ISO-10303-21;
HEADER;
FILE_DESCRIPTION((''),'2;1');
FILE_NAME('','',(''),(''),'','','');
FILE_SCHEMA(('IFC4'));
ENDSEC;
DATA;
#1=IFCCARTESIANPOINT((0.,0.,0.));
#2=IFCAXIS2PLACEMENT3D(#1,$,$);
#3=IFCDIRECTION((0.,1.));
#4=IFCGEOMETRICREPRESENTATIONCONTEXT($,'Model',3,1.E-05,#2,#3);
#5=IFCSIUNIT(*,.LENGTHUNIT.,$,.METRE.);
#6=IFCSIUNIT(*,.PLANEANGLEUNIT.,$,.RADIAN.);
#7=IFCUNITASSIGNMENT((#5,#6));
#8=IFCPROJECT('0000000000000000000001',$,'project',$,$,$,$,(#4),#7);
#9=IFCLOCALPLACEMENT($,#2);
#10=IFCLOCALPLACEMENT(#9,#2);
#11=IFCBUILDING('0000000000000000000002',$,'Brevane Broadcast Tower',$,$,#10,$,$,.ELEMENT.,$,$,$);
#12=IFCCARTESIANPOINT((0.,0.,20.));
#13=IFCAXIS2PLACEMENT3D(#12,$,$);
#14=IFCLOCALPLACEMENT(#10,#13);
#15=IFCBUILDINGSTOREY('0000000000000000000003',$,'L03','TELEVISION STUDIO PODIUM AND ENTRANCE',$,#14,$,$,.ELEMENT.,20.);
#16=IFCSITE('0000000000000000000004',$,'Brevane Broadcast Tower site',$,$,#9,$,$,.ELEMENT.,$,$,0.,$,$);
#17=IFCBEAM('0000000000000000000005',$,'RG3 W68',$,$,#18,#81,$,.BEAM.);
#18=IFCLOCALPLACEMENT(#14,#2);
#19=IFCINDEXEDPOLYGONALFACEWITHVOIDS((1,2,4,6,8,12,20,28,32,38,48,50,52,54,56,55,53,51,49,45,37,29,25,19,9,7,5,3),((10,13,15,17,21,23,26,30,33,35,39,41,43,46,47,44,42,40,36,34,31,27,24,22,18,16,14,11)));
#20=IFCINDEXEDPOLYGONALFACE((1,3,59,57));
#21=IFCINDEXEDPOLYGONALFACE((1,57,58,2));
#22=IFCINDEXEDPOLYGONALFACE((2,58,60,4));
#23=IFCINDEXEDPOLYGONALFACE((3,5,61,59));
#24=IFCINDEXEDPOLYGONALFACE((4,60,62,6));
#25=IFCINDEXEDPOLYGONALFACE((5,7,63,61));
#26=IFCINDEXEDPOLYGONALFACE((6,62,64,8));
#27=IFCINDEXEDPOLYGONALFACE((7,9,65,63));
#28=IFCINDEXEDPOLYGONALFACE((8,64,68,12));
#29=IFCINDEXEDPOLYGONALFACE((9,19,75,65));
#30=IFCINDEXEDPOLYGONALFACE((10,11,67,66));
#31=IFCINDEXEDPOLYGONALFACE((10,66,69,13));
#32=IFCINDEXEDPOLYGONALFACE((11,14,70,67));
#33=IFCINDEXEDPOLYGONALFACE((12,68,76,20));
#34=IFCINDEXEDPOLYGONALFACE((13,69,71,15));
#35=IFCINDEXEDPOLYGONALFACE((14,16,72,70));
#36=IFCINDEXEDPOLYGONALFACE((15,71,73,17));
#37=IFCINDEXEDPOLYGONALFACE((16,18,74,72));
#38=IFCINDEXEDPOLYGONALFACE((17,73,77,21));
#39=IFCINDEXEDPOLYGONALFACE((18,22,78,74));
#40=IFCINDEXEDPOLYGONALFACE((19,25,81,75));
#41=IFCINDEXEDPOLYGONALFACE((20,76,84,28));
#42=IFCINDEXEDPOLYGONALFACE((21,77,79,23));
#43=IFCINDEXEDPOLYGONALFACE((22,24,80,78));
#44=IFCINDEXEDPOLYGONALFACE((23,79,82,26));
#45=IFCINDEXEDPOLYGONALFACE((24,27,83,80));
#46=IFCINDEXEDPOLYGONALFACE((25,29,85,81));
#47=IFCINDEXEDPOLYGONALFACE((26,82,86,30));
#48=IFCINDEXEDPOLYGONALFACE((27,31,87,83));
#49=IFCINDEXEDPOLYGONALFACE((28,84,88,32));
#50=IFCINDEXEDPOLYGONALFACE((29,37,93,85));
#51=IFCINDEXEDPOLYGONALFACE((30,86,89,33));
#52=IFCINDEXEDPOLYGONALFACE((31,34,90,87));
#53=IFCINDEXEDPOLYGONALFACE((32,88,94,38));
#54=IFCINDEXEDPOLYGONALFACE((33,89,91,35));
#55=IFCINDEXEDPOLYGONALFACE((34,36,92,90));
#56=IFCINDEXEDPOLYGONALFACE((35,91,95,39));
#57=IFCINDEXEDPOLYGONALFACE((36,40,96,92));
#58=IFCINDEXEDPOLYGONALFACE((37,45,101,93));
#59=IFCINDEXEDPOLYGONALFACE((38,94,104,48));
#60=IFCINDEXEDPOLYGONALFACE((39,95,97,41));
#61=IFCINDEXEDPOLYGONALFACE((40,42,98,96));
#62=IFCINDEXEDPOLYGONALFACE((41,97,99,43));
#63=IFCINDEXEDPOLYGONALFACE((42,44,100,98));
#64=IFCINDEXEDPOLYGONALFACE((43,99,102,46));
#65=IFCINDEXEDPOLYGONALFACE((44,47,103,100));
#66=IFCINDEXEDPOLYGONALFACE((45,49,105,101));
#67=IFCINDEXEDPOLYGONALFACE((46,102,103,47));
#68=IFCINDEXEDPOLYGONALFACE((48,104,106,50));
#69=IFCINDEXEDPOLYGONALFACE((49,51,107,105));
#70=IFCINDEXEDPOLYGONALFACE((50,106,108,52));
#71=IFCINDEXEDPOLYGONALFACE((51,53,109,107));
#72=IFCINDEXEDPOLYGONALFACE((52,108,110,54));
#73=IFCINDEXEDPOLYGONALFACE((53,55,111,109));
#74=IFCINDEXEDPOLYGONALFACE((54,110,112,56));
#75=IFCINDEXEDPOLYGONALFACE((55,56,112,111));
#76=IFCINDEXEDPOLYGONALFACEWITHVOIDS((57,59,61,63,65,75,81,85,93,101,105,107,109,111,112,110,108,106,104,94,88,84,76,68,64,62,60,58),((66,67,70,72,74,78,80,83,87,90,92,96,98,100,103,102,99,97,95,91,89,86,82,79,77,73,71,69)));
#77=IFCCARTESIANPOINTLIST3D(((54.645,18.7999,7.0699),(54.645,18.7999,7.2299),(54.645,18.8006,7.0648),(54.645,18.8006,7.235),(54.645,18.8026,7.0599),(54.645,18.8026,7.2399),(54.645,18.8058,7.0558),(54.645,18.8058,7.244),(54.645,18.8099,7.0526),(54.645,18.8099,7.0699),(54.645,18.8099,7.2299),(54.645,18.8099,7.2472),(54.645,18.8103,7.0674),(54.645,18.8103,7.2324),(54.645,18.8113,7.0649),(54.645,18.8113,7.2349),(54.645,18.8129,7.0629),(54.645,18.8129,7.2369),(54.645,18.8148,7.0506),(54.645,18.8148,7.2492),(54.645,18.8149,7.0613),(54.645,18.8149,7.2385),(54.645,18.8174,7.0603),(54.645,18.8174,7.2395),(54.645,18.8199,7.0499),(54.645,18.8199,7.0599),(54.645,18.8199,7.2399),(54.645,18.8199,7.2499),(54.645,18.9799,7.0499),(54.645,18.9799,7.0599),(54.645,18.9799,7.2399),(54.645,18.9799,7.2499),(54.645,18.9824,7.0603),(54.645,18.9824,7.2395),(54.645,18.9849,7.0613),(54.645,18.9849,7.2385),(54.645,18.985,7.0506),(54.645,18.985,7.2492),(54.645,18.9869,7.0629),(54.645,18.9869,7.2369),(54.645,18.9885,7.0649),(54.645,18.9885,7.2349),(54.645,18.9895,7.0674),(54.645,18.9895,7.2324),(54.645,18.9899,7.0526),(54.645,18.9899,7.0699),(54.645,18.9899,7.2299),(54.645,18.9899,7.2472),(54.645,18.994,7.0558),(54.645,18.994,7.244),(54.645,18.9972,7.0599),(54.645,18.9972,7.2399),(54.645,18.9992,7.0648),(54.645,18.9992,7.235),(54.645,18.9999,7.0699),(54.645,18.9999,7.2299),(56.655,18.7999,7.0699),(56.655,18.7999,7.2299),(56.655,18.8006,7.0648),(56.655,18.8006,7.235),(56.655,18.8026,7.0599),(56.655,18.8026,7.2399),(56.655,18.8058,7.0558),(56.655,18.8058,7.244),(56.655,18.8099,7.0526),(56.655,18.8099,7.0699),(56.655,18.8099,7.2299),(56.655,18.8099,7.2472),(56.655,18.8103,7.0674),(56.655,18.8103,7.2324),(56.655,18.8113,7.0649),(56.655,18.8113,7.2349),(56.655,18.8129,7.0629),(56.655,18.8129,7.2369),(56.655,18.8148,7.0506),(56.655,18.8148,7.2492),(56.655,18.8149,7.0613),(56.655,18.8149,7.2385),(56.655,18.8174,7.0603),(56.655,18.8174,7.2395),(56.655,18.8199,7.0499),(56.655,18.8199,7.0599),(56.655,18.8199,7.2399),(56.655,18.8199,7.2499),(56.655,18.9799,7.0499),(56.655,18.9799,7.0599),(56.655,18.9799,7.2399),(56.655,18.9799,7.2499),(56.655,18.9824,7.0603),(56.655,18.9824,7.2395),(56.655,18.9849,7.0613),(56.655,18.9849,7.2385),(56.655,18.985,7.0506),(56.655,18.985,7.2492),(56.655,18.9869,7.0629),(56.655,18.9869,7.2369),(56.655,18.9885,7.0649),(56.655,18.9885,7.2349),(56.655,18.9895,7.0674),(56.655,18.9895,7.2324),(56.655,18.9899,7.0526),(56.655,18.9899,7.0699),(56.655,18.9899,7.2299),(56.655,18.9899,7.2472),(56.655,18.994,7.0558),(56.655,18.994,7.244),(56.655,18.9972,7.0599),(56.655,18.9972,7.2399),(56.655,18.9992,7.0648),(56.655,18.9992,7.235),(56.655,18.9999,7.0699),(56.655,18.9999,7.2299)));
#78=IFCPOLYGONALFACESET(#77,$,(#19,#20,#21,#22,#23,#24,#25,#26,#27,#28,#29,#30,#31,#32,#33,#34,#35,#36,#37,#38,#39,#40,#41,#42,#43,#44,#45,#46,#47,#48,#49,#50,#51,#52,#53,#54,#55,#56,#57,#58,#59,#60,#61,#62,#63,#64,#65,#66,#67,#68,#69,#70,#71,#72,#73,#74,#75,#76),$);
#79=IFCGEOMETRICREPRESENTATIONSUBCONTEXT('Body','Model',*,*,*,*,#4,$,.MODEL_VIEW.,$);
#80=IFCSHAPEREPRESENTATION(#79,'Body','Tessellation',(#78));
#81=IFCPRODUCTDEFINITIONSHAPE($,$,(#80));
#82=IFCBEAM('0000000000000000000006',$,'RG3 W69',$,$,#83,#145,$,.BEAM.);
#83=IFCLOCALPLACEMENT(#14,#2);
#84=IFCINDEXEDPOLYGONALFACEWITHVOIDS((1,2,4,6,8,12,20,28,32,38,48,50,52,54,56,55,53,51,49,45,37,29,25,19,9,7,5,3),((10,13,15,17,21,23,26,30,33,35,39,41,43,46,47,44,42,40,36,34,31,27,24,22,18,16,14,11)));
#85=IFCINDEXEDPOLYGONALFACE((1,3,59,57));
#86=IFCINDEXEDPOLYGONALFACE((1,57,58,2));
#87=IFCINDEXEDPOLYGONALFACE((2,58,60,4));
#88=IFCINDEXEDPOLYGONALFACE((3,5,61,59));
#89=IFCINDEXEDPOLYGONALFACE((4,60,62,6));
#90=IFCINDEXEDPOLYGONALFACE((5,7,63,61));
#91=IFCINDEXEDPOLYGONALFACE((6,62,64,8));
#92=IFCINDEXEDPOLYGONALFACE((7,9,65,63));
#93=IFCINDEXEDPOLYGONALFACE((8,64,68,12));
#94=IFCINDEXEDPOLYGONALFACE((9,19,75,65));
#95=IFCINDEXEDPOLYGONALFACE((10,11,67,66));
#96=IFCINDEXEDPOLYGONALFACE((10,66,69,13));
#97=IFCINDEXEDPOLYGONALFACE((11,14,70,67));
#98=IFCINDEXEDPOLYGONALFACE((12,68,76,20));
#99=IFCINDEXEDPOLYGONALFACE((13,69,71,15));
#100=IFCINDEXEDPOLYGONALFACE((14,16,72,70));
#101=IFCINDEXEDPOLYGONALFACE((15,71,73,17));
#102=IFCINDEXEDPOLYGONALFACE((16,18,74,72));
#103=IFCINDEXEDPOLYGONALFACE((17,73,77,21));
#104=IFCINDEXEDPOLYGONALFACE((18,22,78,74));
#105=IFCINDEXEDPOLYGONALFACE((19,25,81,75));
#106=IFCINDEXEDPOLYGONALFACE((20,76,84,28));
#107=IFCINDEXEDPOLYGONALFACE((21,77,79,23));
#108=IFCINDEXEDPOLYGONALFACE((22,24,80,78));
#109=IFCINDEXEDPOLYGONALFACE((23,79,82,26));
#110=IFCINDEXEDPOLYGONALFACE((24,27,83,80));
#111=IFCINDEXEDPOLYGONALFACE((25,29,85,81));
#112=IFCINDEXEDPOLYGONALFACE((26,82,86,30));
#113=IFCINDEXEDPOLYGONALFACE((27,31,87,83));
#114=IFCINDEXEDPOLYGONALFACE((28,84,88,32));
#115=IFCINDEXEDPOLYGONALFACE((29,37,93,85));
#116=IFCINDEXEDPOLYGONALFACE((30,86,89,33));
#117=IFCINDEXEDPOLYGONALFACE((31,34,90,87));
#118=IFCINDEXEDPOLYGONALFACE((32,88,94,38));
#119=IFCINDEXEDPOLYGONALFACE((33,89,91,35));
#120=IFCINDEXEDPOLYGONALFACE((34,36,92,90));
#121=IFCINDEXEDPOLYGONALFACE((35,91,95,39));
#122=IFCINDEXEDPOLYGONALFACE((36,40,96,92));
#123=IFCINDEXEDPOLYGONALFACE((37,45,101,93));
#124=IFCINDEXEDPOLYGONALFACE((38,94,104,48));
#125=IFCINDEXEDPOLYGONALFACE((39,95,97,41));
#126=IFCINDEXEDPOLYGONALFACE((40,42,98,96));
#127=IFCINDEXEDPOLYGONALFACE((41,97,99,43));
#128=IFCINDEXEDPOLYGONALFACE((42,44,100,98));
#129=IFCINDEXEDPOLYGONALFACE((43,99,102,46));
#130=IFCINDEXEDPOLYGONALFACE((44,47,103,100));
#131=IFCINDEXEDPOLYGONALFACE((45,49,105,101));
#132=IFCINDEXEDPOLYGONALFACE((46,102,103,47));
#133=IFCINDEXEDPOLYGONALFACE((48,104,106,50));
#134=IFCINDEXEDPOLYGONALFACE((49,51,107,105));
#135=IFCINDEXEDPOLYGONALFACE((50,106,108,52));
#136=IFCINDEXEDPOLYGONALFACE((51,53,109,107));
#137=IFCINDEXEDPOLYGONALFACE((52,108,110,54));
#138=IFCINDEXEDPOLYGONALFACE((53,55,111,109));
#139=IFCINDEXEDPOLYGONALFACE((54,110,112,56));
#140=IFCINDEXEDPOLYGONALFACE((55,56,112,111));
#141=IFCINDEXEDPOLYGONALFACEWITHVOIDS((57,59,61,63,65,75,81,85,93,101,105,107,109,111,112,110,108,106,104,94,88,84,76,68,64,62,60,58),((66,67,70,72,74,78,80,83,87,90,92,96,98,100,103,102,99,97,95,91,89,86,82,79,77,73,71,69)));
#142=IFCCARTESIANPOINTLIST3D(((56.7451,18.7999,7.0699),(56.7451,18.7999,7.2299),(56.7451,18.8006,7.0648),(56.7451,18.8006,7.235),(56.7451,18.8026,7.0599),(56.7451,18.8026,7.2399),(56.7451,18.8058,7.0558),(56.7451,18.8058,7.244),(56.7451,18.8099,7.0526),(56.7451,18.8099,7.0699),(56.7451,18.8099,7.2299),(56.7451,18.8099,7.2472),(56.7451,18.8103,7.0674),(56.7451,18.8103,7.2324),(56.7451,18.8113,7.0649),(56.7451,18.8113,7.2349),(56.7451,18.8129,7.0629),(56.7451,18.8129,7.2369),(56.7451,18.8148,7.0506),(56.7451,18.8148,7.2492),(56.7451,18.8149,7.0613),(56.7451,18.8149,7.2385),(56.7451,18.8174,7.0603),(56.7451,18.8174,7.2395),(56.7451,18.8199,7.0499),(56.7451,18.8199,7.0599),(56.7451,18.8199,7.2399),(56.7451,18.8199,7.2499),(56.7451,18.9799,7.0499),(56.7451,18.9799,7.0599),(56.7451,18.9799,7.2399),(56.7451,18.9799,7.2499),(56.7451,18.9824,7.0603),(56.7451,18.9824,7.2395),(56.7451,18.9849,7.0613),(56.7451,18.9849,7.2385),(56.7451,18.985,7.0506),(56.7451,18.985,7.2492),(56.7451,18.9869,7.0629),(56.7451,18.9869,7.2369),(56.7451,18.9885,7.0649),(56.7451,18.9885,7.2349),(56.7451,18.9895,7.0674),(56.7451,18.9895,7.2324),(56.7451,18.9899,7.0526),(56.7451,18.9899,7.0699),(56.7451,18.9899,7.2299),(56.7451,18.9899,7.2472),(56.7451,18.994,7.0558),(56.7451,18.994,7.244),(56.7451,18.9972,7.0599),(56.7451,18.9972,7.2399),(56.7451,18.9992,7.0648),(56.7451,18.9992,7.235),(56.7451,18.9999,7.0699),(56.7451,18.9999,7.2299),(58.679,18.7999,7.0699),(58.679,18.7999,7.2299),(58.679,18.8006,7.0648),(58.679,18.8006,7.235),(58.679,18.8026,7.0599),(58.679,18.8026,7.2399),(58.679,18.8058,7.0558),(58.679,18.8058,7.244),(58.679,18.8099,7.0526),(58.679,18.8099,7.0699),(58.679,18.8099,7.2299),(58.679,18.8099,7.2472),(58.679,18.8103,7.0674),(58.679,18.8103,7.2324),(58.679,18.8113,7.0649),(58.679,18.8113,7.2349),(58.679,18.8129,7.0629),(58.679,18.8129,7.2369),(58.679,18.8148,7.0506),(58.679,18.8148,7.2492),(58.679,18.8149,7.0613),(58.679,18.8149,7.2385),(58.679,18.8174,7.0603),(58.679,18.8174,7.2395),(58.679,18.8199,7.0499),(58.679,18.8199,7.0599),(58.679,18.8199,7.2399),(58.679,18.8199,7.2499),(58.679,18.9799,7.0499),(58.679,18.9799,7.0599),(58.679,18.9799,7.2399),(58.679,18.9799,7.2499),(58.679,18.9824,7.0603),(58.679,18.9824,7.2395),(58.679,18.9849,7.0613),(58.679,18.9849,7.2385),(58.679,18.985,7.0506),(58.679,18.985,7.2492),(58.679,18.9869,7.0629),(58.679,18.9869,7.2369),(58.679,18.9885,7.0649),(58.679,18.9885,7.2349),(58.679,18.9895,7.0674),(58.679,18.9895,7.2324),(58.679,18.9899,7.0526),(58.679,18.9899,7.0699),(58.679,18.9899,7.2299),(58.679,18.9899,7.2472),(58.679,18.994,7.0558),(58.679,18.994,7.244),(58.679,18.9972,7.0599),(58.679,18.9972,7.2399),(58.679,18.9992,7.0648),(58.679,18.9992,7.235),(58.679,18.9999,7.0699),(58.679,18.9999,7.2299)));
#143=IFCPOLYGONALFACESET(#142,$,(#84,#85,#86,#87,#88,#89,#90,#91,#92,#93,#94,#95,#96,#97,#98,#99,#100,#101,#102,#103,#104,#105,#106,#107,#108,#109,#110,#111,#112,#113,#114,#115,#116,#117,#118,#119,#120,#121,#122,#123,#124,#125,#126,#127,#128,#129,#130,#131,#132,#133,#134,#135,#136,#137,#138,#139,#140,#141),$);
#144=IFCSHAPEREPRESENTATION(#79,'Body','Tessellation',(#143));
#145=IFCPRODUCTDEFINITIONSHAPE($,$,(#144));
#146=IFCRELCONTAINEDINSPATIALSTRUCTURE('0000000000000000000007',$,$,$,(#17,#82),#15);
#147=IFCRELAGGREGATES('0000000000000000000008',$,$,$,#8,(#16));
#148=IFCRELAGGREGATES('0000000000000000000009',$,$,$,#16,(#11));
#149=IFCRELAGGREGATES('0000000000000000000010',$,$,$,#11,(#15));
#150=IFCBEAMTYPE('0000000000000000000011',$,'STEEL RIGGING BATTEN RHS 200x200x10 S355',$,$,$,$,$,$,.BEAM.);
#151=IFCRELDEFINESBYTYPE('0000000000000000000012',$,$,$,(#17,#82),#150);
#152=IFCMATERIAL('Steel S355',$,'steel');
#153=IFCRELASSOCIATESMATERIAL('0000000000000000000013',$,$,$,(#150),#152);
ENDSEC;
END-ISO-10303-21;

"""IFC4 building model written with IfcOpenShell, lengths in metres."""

from ifc_helpers import new_model, si_unit, direction, frame, origin, origin_2d, place, context, subcontext, project, spatial, hollow_rectangle, extrude, material, material_profile, profile_set, type_object, element, save


model = new_model("IFC4")

# Units and contexts
model_context = context("Model", 3, precision=1e-05, world=origin(), true_north=direction((0.0, 1.0)))
body_context = subcontext(model_context, "Body", "Model", "MODEL_VIEW")
ifc_project = project(units=[si_unit("LENGTHUNIT", "METRE"), si_unit("PLANEANGLEUNIT", "RADIAN")], contexts=[model_context])

# Site, building, storey
site_placement = place(None, origin())
site = spatial("IfcSite", under=ifc_project, at=site_placement, Name="Brevane Broadcast Tower site", CompositionType="ELEMENT", RefElevation=0.0)
building_placement = place(site_placement, origin())
building = spatial("IfcBuilding", under=site, at=building_placement, Name="Brevane Broadcast Tower", CompositionType="ELEMENT")
storey_placement = place(building_placement, frame((0.0, 0.0, 20.0)))
storey = spatial("IfcBuildingStorey", under=building, at=storey_placement, Name="L03", Description="TELEVISION STUDIO PODIUM AND ENTRANCE", CompositionType="ELEMENT", Elevation=20.0)

# Beams
ifc_material_1 = material(Name="Steel S355", Category="steel")
ifc_material_profile_1 = material_profile(ifc_material_1, hollow_rectangle(XDim=0.2, YDim=0.2, WallThickness=0.01, InnerFilletRadius=0.01, OuterFilletRadius=0.02, at=origin_2d()), Name="RHS 200x200x10")
ifc_profile_set_1 = profile_set([ifc_material_profile_1], Name="Steel S355")
beam_type_1 = type_object("IfcBeamType", Name="STEEL RIGGING BATTEN RHS 200x200x10 S355", PredefinedType="BEAM", material=ifc_profile_set_1)
for number, where, z_axis, x_axis, name in (
    (1, (54.645, 18.8999, 7.1499), (1.0, 0.0, 0.0), (0.0, 1.0, 0.0), "RG3 W68"),
):
    element("IfcBeam", number, at=place(storey_placement, frame(where, z_axis=z_axis, x_axis=x_axis)), inside=storey, type_object=beam_type_1, Name=name, PredefinedType="BEAM", context=body_context, shape_type="SweptSolid", body=[
        extrude(hollow_rectangle(XDim=0.2, YDim=0.2, WallThickness=0.01, InnerFilletRadius=0.01, OuterFilletRadius=0.02, at=origin_2d()), origin(), (0.0, 0.0, 1.0), 2.01),
    ])
beam_1_placement = place(storey_placement, frame((56.7451, 18.8999, 7.1499), z_axis=(1.0, 0.0, 0.0), x_axis=(0.0, 1.0, 0.0)))
element("IfcBeam", 2, at=beam_1_placement, inside=storey, type_object=beam_type_1, Name="RG3 W69", PredefinedType="BEAM", context=body_context, shape_type="SweptSolid", body=[
    extrude(hollow_rectangle(XDim=0.2, YDim=0.2, WallThickness=0.01, InnerFilletRadius=0.01, OuterFilletRadius=0.02, at=origin_2d()), origin(), (0.0, 0.0, 1.0), 1.9338),
])

save(model, "model.ifc")
